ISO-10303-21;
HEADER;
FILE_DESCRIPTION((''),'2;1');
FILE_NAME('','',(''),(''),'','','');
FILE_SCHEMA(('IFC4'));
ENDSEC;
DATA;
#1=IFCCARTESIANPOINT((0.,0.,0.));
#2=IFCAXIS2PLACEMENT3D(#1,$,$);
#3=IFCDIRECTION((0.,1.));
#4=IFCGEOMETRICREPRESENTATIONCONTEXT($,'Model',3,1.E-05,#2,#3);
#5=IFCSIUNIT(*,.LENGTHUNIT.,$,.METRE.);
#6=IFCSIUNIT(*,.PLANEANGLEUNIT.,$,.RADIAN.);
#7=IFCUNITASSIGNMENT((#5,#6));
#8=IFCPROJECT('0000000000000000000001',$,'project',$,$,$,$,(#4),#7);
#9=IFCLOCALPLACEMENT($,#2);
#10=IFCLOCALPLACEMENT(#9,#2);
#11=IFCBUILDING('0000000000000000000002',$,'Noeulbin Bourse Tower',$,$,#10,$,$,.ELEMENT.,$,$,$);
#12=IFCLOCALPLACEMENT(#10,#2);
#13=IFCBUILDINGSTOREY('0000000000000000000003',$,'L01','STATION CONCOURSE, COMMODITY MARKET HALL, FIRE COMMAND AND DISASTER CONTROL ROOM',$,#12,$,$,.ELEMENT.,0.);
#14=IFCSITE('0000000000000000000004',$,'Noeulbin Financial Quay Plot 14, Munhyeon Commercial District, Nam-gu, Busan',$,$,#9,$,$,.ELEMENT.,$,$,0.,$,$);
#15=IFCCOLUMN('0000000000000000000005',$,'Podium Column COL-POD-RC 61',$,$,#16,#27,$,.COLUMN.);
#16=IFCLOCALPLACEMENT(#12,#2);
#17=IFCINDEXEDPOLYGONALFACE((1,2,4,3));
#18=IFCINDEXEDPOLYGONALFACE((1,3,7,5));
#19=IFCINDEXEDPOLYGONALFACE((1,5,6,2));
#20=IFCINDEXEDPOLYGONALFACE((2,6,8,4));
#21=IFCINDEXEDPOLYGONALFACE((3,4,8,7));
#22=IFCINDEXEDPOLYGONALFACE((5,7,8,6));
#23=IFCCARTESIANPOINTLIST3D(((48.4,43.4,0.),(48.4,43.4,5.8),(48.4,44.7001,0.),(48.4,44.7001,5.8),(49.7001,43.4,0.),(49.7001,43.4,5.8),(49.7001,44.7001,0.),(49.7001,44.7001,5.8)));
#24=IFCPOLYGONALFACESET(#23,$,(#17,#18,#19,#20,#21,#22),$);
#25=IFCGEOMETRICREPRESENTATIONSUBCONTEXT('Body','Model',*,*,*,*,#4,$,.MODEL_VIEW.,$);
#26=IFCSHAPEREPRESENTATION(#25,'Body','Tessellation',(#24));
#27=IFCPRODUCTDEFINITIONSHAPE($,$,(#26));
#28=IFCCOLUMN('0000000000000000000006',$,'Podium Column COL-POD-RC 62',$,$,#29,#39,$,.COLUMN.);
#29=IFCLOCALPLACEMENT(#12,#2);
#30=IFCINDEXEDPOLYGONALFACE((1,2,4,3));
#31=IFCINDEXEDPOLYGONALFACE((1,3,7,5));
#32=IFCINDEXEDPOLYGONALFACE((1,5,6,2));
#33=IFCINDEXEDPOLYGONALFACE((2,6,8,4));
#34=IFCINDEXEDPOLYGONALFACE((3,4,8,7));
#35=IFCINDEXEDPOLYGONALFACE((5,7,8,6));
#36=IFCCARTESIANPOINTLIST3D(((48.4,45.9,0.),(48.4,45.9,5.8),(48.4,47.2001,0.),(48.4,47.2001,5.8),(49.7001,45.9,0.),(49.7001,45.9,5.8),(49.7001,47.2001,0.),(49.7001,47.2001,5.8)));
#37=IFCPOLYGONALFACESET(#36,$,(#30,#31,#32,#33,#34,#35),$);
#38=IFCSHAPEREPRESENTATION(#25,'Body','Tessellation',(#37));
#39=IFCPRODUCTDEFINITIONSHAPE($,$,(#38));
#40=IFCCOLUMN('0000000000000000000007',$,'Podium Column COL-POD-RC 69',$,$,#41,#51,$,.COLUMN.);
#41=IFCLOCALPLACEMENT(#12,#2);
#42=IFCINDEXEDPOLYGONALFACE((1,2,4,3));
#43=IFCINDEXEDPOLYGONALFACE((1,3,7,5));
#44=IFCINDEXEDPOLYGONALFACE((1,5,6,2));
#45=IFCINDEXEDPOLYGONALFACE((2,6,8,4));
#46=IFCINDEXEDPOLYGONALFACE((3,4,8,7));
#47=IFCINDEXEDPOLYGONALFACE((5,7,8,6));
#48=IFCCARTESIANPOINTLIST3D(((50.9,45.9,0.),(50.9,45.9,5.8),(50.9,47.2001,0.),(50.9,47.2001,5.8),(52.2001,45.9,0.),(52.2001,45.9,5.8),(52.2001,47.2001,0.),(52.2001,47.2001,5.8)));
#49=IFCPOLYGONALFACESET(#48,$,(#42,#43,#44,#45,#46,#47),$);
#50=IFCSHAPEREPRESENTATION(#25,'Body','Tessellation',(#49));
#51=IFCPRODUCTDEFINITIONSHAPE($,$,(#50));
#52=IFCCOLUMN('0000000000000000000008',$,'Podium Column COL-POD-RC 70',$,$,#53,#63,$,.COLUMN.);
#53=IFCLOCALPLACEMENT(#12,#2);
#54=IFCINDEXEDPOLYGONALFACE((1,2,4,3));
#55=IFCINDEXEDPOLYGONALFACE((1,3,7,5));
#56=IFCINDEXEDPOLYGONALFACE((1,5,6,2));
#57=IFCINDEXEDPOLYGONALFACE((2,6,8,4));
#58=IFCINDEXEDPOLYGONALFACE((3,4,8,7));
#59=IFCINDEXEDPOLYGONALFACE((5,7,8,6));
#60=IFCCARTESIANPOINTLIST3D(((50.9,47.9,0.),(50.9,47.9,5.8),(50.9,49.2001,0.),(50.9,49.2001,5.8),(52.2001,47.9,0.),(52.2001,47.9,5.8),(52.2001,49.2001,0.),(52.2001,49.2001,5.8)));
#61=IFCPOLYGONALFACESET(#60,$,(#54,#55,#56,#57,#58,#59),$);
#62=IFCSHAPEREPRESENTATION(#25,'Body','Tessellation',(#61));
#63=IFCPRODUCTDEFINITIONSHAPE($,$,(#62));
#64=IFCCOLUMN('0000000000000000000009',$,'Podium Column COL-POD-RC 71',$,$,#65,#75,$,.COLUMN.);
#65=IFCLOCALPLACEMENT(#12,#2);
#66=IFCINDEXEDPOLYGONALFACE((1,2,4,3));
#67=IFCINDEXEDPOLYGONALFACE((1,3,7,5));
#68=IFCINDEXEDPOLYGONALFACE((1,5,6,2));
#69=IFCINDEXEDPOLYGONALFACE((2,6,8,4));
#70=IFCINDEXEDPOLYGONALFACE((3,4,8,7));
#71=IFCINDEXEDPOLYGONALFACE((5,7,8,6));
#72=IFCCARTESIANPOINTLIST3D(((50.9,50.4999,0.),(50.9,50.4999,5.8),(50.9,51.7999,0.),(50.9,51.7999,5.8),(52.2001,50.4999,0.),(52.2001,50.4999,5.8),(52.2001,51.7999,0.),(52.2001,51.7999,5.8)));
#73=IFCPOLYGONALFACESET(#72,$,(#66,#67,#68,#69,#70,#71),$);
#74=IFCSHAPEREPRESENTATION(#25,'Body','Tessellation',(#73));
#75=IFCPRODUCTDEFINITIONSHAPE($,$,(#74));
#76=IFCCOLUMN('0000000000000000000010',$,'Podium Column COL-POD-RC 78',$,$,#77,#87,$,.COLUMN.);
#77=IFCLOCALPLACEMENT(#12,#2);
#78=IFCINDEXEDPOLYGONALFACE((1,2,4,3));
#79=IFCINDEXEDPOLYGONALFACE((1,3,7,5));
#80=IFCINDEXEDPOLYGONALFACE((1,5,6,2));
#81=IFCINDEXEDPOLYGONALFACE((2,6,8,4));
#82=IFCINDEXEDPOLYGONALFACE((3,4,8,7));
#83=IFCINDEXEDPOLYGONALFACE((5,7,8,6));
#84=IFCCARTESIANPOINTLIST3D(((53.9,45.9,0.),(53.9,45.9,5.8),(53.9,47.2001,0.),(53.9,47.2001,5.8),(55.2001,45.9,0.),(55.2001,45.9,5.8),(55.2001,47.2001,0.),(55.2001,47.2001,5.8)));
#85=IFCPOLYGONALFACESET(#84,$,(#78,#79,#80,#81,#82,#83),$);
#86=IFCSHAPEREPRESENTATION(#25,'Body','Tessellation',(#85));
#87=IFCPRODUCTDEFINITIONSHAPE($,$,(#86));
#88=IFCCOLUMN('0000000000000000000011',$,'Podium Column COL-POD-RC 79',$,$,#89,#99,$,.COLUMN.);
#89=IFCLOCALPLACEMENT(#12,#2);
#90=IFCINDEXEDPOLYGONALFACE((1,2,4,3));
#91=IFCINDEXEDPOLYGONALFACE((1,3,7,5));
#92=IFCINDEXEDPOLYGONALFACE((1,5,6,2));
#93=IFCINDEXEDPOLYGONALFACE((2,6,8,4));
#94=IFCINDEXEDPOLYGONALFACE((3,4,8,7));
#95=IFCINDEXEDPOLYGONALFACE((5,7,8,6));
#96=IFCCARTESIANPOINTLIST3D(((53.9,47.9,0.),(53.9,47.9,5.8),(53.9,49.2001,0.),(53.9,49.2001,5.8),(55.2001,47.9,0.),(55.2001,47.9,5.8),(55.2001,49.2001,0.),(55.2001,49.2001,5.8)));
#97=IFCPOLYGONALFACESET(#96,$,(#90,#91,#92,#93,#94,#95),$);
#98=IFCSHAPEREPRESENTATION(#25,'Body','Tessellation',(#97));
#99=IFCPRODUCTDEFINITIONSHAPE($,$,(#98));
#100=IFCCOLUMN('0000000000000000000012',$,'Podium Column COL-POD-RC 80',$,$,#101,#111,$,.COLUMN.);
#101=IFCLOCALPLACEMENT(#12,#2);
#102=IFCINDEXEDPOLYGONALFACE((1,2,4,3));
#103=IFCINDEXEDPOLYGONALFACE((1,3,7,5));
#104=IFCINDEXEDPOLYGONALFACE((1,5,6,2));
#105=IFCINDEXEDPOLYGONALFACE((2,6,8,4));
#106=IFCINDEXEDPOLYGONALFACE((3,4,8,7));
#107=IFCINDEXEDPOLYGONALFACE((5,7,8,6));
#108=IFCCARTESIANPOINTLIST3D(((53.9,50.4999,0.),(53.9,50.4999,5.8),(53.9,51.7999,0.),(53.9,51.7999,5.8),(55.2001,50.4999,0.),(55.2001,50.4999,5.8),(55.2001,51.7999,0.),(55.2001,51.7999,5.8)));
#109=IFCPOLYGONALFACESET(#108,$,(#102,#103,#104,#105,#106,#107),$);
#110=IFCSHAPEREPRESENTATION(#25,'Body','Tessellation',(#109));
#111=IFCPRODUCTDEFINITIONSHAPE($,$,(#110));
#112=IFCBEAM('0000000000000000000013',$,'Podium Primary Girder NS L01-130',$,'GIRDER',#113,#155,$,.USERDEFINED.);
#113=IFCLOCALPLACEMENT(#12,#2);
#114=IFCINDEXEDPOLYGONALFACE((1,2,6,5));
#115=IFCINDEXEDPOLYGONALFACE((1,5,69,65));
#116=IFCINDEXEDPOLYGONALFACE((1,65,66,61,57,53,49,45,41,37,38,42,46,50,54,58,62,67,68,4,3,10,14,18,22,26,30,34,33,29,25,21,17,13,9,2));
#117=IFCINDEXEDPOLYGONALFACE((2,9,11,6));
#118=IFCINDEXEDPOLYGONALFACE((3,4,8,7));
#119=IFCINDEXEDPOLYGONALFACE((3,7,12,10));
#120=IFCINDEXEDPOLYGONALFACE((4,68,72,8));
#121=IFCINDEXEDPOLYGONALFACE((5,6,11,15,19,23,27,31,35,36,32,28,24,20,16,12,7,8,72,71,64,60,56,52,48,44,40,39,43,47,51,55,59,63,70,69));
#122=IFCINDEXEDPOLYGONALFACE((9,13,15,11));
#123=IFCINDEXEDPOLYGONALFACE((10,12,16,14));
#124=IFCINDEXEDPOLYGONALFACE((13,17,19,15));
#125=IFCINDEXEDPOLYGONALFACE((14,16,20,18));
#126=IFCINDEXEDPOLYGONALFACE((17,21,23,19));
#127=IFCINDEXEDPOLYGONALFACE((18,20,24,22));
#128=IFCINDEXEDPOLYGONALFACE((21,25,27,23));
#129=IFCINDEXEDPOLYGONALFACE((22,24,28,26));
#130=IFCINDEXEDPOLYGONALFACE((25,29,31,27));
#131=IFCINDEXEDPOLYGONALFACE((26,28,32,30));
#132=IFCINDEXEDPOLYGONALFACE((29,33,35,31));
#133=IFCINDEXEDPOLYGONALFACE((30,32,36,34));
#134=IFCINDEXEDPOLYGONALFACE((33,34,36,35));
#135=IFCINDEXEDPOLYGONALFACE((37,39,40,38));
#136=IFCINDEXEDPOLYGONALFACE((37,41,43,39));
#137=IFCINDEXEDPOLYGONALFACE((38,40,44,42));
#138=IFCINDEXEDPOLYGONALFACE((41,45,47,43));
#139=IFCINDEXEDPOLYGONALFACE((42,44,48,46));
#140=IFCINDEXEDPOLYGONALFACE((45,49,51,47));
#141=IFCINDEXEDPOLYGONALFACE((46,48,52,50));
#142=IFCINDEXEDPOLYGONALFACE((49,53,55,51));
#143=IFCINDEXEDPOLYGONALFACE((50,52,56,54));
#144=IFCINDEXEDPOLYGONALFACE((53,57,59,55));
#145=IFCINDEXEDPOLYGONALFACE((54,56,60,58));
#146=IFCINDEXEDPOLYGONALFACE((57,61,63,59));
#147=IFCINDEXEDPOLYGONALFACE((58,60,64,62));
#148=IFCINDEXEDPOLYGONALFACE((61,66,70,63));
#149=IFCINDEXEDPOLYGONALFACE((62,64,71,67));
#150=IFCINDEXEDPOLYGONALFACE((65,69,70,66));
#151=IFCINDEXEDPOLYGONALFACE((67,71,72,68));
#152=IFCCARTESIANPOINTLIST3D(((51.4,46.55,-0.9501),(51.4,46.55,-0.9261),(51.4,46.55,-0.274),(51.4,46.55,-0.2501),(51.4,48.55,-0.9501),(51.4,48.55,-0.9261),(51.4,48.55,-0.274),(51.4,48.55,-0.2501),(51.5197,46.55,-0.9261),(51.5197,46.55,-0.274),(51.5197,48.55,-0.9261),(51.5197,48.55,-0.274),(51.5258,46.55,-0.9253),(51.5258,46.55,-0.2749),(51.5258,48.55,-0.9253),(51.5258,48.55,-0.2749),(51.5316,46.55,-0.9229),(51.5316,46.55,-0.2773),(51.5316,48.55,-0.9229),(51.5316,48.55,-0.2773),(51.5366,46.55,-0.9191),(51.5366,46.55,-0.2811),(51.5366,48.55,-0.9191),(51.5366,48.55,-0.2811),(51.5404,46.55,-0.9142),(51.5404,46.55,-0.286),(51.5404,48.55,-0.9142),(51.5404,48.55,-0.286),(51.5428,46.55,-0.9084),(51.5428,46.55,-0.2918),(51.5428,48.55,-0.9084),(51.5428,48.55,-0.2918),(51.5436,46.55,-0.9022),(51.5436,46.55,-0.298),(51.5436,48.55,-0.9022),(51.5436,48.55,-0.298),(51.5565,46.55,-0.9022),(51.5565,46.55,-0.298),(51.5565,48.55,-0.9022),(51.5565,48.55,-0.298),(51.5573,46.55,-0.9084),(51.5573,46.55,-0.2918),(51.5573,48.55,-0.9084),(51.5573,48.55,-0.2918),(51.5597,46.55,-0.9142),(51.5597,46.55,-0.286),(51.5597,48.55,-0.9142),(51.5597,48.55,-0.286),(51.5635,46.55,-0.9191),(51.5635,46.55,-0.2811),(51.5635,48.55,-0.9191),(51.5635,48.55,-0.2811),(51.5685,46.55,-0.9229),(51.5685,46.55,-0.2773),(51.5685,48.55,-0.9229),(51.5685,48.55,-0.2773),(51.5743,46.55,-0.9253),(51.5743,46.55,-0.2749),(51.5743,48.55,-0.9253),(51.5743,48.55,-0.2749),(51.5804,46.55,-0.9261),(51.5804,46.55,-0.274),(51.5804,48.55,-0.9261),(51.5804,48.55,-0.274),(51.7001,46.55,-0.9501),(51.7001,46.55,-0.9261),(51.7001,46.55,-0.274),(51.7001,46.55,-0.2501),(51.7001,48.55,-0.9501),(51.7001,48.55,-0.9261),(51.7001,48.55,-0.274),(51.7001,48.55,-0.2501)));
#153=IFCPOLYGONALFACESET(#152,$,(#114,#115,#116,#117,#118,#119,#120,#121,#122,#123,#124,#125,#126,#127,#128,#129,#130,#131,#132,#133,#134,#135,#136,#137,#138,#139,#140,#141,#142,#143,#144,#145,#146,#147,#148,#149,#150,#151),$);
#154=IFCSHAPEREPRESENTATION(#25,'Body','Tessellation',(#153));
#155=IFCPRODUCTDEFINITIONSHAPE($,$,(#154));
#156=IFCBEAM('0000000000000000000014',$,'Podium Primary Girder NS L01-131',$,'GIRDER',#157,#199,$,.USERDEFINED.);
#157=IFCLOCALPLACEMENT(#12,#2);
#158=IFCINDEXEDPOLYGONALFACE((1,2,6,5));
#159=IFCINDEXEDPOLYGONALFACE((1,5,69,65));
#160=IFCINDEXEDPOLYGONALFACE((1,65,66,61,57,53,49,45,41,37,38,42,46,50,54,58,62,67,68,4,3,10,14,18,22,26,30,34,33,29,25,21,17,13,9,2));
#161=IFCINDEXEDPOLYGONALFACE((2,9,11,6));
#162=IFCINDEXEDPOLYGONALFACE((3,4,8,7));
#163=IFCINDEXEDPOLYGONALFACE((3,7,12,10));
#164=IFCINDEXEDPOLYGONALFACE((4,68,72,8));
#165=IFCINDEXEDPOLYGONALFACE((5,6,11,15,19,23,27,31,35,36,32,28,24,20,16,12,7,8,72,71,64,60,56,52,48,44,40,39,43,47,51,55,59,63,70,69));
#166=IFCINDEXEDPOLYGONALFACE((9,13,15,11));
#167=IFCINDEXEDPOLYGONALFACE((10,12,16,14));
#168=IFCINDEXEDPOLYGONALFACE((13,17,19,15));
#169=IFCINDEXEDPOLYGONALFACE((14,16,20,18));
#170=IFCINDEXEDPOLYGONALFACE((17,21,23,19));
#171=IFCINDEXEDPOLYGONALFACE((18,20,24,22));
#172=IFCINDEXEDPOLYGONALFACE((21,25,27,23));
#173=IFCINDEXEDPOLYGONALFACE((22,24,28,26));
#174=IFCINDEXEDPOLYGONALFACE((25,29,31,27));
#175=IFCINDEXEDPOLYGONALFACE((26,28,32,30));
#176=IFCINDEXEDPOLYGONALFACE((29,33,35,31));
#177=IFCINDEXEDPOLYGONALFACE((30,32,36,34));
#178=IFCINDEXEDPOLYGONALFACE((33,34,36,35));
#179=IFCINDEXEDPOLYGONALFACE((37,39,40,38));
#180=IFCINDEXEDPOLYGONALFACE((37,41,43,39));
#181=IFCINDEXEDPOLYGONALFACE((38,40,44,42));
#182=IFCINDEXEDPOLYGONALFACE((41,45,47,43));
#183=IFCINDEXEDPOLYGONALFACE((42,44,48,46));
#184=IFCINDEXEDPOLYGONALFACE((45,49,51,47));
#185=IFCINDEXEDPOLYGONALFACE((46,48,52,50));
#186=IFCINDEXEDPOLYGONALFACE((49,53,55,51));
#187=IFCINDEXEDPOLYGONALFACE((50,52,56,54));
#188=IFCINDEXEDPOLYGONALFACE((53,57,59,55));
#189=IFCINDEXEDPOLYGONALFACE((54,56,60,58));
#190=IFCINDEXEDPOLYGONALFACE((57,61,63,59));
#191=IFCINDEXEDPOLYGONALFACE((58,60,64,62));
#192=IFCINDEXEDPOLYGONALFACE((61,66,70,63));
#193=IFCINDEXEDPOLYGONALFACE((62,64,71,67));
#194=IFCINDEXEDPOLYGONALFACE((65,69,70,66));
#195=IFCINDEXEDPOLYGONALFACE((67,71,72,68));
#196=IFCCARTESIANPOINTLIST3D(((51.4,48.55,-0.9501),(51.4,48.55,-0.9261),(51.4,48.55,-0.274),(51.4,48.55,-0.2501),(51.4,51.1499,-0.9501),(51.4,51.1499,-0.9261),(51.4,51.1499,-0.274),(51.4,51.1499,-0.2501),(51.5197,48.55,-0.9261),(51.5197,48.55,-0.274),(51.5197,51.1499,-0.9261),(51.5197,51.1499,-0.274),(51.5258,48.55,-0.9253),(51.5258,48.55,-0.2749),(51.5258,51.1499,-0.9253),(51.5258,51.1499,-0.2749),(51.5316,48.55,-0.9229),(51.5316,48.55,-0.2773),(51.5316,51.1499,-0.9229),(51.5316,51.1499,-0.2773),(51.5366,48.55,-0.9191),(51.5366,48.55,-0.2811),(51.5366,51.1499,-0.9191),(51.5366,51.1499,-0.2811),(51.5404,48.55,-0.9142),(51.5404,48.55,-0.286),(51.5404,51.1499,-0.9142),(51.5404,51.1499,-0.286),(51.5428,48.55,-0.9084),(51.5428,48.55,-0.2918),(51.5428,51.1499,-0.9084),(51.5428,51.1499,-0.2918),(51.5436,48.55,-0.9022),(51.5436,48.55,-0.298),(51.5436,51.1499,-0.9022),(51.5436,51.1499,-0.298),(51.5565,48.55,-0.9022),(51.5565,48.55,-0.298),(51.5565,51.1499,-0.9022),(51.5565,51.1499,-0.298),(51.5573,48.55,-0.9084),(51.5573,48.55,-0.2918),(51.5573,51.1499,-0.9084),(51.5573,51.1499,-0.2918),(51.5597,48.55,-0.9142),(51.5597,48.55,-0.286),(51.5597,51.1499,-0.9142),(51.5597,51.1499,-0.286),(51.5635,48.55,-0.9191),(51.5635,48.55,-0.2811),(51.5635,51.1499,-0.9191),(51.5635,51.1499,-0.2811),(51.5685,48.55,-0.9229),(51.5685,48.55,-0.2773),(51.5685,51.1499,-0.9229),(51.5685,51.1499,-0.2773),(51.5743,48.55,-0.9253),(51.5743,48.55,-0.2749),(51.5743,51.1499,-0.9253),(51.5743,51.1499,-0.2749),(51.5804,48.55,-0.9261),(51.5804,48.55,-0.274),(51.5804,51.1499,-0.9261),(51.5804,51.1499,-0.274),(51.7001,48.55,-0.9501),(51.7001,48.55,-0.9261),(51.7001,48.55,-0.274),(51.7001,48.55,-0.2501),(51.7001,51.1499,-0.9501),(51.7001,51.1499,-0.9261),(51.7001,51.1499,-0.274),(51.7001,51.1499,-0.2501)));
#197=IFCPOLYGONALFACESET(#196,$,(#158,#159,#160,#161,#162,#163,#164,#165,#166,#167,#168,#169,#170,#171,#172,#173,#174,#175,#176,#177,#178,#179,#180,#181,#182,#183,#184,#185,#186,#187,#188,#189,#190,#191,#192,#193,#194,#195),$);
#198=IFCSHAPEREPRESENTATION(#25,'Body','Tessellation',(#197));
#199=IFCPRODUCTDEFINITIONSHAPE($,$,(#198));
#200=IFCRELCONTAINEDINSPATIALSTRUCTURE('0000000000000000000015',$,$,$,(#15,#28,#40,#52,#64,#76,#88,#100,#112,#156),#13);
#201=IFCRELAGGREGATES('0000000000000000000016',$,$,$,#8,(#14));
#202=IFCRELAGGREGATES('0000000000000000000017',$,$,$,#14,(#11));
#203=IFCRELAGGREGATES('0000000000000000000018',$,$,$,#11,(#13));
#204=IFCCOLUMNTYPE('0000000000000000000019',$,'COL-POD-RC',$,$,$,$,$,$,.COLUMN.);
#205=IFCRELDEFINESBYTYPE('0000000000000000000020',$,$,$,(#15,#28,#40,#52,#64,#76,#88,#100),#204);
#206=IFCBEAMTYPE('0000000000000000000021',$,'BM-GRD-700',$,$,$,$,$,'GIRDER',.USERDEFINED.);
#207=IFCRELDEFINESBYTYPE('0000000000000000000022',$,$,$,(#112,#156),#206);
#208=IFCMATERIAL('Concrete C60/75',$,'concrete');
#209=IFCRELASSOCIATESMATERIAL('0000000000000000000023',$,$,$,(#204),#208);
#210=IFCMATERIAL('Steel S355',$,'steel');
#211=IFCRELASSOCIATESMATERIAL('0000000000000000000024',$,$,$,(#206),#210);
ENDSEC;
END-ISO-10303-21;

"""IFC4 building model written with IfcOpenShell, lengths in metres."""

from ifc_helpers import new_model, si_unit, direction, frame, origin, origin_2d, place, context, subcontext, project, spatial, rectangle, i_section, extrude, material, material_profile, profile_set, type_object, element, save


model = new_model("IFC4")

# Units and contexts
model_context = context("Model", 3, precision=1e-05, world=origin(), true_north=direction((0.0, 1.0)))
body_context = subcontext(model_context, "Body", "Model", "MODEL_VIEW")
ifc_project = project(units=[si_unit("LENGTHUNIT", "METRE"), si_unit("PLANEANGLEUNIT", "RADIAN")], contexts=[model_context])

# Site, building, storey
site_placement = place(None, origin())
site = spatial("IfcSite", under=ifc_project, at=site_placement, Name="Noeulbin Financial Quay Plot 14, Munhyeon Commercial District, Nam-gu, Busan", CompositionType="ELEMENT", RefElevation=0.0)
building_placement = place(site_placement, origin())
building = spatial("IfcBuilding", under=site, at=building_placement, Name="Noeulbin Bourse Tower", CompositionType="ELEMENT")
storey_placement = place(building_placement, origin())
storey = spatial("IfcBuildingStorey", under=building, at=storey_placement, Name="L01", Description="STATION CONCOURSE, COMMODITY MARKET HALL, FIRE COMMAND AND DISASTER CONTROL ROOM", CompositionType="ELEMENT", Elevation=0.0)

# Columns
ifc_material_1 = material(Name="Concrete C60/75", Category="concrete")
ifc_material_profile_1 = material_profile(ifc_material_1, rectangle(XDim=1.3, YDim=1.3, at=origin_2d()), Name="RC-COL-1300x1300", Category="LoadBearing")
ifc_profile_set_1 = profile_set([ifc_material_profile_1], Name="Concrete C60/75")
column_type = type_object("IfcColumnType", Name="COL-POD-RC", PredefinedType="COLUMN", material=ifc_profile_set_1)
for number, where, z_axis, x_axis, name in (
    (1, (49.05, 44.05, 0.0), (0.0, 0.0, 1.0), (1.0, 0.0, 0.0), "Podium Column COL-POD-RC 61"),
    (2, (49.05, 46.55, 0.0), (0.0, 0.0, 1.0), (1.0, 0.0, 0.0), "Podium Column COL-POD-RC 62"),
    (3, (51.55, 46.55, 0.0), (0.0, 0.0, 1.0), (1.0, 0.0, 0.0), "Podium Column COL-POD-RC 69"),
    (4, (51.55, 48.55, 0.0), (0.0, 0.0, 1.0), (1.0, 0.0, 0.0), "Podium Column COL-POD-RC 70"),
    (5, (51.55, 51.1499, 0.0), (0.0, 0.0, 1.0), (1.0, 0.0, 0.0), "Podium Column COL-POD-RC 71"),
    (6, (54.55, 46.55, 0.0), (0.0, 0.0, 1.0), (1.0, 0.0, 0.0), "Podium Column COL-POD-RC 78"),
    (7, (54.55, 48.55, 0.0), (0.0, 0.0, 1.0), (1.0, 0.0, 0.0), "Podium Column COL-POD-RC 79"),
    (8, (54.55, 51.1499, 0.0), (0.0, 0.0, 1.0), (1.0, 0.0, 0.0), "Podium Column COL-POD-RC 80"),
):
    element("IfcColumn", number, at=place(storey_placement, frame(where, z_axis=z_axis, x_axis=x_axis)), inside=storey, type_object=column_type, Name=name, PredefinedType="COLUMN", context=body_context, shape_type="SweptSolid", body=[
        extrude(rectangle(XDim=1.3, YDim=1.3, at=origin_2d()), origin(), (0.0, 0.0, 1.0), 5.8),
    ])

# Beams
ifc_material_2 = material(Name="Steel S355", Category="steel")
ifc_material_profile_2 = material_profile(ifc_material_2, i_section(OverallWidth=0.3, OverallDepth=0.7, WebThickness=0.0129, FlangeThickness=0.0239, FilletRadius=0.0239, at=origin_2d()), Name="H-700x300x13x24", Category="LoadBearing")
ifc_profile_set_2 = profile_set([ifc_material_profile_2], Name="Steel S355")
beam_type_1 = type_object("IfcBeamType", Name="BM-GRD-700", ElementType="GIRDER", PredefinedType="USERDEFINED", material=ifc_profile_set_2)
beam_1_placement = place(storey_placement, frame((51.55, 46.55, -0.6001), z_axis=(0.0, 1.0, 0.0), x_axis=(-1.0, 0.0, 0.0)))
element("IfcBeam", 9, at=beam_1_placement, inside=storey, type_object=beam_type_1, Name="Podium Primary Girder NS L01-130", ObjectType="GIRDER", PredefinedType="USERDEFINED", context=body_context, shape_type="SweptSolid", body=[
    extrude(i_section(OverallWidth=0.3, OverallDepth=0.7, WebThickness=0.0129, FlangeThickness=0.0239, FilletRadius=0.0239, at=origin_2d()), origin(), (0.0, 0.0, 1.0), 2.0),
])
beam_2_placement = place(storey_placement, frame((51.55, 48.55, -0.6001), z_axis=(0.0, 1.0, 0.0), x_axis=(-1.0, 0.0, 0.0)))
element("IfcBeam", 10, at=beam_2_placement, inside=storey, type_object=beam_type_1, Name="Podium Primary Girder NS L01-131", ObjectType="GIRDER", PredefinedType="USERDEFINED", context=body_context, shape_type="SweptSolid", body=[
    extrude(i_section(OverallWidth=0.3, OverallDepth=0.7, WebThickness=0.0129, FlangeThickness=0.0239, FilletRadius=0.0239, at=origin_2d()), origin(), (0.0, 0.0, 1.0), 2.5999),
])

save(model, "model.ifc")
